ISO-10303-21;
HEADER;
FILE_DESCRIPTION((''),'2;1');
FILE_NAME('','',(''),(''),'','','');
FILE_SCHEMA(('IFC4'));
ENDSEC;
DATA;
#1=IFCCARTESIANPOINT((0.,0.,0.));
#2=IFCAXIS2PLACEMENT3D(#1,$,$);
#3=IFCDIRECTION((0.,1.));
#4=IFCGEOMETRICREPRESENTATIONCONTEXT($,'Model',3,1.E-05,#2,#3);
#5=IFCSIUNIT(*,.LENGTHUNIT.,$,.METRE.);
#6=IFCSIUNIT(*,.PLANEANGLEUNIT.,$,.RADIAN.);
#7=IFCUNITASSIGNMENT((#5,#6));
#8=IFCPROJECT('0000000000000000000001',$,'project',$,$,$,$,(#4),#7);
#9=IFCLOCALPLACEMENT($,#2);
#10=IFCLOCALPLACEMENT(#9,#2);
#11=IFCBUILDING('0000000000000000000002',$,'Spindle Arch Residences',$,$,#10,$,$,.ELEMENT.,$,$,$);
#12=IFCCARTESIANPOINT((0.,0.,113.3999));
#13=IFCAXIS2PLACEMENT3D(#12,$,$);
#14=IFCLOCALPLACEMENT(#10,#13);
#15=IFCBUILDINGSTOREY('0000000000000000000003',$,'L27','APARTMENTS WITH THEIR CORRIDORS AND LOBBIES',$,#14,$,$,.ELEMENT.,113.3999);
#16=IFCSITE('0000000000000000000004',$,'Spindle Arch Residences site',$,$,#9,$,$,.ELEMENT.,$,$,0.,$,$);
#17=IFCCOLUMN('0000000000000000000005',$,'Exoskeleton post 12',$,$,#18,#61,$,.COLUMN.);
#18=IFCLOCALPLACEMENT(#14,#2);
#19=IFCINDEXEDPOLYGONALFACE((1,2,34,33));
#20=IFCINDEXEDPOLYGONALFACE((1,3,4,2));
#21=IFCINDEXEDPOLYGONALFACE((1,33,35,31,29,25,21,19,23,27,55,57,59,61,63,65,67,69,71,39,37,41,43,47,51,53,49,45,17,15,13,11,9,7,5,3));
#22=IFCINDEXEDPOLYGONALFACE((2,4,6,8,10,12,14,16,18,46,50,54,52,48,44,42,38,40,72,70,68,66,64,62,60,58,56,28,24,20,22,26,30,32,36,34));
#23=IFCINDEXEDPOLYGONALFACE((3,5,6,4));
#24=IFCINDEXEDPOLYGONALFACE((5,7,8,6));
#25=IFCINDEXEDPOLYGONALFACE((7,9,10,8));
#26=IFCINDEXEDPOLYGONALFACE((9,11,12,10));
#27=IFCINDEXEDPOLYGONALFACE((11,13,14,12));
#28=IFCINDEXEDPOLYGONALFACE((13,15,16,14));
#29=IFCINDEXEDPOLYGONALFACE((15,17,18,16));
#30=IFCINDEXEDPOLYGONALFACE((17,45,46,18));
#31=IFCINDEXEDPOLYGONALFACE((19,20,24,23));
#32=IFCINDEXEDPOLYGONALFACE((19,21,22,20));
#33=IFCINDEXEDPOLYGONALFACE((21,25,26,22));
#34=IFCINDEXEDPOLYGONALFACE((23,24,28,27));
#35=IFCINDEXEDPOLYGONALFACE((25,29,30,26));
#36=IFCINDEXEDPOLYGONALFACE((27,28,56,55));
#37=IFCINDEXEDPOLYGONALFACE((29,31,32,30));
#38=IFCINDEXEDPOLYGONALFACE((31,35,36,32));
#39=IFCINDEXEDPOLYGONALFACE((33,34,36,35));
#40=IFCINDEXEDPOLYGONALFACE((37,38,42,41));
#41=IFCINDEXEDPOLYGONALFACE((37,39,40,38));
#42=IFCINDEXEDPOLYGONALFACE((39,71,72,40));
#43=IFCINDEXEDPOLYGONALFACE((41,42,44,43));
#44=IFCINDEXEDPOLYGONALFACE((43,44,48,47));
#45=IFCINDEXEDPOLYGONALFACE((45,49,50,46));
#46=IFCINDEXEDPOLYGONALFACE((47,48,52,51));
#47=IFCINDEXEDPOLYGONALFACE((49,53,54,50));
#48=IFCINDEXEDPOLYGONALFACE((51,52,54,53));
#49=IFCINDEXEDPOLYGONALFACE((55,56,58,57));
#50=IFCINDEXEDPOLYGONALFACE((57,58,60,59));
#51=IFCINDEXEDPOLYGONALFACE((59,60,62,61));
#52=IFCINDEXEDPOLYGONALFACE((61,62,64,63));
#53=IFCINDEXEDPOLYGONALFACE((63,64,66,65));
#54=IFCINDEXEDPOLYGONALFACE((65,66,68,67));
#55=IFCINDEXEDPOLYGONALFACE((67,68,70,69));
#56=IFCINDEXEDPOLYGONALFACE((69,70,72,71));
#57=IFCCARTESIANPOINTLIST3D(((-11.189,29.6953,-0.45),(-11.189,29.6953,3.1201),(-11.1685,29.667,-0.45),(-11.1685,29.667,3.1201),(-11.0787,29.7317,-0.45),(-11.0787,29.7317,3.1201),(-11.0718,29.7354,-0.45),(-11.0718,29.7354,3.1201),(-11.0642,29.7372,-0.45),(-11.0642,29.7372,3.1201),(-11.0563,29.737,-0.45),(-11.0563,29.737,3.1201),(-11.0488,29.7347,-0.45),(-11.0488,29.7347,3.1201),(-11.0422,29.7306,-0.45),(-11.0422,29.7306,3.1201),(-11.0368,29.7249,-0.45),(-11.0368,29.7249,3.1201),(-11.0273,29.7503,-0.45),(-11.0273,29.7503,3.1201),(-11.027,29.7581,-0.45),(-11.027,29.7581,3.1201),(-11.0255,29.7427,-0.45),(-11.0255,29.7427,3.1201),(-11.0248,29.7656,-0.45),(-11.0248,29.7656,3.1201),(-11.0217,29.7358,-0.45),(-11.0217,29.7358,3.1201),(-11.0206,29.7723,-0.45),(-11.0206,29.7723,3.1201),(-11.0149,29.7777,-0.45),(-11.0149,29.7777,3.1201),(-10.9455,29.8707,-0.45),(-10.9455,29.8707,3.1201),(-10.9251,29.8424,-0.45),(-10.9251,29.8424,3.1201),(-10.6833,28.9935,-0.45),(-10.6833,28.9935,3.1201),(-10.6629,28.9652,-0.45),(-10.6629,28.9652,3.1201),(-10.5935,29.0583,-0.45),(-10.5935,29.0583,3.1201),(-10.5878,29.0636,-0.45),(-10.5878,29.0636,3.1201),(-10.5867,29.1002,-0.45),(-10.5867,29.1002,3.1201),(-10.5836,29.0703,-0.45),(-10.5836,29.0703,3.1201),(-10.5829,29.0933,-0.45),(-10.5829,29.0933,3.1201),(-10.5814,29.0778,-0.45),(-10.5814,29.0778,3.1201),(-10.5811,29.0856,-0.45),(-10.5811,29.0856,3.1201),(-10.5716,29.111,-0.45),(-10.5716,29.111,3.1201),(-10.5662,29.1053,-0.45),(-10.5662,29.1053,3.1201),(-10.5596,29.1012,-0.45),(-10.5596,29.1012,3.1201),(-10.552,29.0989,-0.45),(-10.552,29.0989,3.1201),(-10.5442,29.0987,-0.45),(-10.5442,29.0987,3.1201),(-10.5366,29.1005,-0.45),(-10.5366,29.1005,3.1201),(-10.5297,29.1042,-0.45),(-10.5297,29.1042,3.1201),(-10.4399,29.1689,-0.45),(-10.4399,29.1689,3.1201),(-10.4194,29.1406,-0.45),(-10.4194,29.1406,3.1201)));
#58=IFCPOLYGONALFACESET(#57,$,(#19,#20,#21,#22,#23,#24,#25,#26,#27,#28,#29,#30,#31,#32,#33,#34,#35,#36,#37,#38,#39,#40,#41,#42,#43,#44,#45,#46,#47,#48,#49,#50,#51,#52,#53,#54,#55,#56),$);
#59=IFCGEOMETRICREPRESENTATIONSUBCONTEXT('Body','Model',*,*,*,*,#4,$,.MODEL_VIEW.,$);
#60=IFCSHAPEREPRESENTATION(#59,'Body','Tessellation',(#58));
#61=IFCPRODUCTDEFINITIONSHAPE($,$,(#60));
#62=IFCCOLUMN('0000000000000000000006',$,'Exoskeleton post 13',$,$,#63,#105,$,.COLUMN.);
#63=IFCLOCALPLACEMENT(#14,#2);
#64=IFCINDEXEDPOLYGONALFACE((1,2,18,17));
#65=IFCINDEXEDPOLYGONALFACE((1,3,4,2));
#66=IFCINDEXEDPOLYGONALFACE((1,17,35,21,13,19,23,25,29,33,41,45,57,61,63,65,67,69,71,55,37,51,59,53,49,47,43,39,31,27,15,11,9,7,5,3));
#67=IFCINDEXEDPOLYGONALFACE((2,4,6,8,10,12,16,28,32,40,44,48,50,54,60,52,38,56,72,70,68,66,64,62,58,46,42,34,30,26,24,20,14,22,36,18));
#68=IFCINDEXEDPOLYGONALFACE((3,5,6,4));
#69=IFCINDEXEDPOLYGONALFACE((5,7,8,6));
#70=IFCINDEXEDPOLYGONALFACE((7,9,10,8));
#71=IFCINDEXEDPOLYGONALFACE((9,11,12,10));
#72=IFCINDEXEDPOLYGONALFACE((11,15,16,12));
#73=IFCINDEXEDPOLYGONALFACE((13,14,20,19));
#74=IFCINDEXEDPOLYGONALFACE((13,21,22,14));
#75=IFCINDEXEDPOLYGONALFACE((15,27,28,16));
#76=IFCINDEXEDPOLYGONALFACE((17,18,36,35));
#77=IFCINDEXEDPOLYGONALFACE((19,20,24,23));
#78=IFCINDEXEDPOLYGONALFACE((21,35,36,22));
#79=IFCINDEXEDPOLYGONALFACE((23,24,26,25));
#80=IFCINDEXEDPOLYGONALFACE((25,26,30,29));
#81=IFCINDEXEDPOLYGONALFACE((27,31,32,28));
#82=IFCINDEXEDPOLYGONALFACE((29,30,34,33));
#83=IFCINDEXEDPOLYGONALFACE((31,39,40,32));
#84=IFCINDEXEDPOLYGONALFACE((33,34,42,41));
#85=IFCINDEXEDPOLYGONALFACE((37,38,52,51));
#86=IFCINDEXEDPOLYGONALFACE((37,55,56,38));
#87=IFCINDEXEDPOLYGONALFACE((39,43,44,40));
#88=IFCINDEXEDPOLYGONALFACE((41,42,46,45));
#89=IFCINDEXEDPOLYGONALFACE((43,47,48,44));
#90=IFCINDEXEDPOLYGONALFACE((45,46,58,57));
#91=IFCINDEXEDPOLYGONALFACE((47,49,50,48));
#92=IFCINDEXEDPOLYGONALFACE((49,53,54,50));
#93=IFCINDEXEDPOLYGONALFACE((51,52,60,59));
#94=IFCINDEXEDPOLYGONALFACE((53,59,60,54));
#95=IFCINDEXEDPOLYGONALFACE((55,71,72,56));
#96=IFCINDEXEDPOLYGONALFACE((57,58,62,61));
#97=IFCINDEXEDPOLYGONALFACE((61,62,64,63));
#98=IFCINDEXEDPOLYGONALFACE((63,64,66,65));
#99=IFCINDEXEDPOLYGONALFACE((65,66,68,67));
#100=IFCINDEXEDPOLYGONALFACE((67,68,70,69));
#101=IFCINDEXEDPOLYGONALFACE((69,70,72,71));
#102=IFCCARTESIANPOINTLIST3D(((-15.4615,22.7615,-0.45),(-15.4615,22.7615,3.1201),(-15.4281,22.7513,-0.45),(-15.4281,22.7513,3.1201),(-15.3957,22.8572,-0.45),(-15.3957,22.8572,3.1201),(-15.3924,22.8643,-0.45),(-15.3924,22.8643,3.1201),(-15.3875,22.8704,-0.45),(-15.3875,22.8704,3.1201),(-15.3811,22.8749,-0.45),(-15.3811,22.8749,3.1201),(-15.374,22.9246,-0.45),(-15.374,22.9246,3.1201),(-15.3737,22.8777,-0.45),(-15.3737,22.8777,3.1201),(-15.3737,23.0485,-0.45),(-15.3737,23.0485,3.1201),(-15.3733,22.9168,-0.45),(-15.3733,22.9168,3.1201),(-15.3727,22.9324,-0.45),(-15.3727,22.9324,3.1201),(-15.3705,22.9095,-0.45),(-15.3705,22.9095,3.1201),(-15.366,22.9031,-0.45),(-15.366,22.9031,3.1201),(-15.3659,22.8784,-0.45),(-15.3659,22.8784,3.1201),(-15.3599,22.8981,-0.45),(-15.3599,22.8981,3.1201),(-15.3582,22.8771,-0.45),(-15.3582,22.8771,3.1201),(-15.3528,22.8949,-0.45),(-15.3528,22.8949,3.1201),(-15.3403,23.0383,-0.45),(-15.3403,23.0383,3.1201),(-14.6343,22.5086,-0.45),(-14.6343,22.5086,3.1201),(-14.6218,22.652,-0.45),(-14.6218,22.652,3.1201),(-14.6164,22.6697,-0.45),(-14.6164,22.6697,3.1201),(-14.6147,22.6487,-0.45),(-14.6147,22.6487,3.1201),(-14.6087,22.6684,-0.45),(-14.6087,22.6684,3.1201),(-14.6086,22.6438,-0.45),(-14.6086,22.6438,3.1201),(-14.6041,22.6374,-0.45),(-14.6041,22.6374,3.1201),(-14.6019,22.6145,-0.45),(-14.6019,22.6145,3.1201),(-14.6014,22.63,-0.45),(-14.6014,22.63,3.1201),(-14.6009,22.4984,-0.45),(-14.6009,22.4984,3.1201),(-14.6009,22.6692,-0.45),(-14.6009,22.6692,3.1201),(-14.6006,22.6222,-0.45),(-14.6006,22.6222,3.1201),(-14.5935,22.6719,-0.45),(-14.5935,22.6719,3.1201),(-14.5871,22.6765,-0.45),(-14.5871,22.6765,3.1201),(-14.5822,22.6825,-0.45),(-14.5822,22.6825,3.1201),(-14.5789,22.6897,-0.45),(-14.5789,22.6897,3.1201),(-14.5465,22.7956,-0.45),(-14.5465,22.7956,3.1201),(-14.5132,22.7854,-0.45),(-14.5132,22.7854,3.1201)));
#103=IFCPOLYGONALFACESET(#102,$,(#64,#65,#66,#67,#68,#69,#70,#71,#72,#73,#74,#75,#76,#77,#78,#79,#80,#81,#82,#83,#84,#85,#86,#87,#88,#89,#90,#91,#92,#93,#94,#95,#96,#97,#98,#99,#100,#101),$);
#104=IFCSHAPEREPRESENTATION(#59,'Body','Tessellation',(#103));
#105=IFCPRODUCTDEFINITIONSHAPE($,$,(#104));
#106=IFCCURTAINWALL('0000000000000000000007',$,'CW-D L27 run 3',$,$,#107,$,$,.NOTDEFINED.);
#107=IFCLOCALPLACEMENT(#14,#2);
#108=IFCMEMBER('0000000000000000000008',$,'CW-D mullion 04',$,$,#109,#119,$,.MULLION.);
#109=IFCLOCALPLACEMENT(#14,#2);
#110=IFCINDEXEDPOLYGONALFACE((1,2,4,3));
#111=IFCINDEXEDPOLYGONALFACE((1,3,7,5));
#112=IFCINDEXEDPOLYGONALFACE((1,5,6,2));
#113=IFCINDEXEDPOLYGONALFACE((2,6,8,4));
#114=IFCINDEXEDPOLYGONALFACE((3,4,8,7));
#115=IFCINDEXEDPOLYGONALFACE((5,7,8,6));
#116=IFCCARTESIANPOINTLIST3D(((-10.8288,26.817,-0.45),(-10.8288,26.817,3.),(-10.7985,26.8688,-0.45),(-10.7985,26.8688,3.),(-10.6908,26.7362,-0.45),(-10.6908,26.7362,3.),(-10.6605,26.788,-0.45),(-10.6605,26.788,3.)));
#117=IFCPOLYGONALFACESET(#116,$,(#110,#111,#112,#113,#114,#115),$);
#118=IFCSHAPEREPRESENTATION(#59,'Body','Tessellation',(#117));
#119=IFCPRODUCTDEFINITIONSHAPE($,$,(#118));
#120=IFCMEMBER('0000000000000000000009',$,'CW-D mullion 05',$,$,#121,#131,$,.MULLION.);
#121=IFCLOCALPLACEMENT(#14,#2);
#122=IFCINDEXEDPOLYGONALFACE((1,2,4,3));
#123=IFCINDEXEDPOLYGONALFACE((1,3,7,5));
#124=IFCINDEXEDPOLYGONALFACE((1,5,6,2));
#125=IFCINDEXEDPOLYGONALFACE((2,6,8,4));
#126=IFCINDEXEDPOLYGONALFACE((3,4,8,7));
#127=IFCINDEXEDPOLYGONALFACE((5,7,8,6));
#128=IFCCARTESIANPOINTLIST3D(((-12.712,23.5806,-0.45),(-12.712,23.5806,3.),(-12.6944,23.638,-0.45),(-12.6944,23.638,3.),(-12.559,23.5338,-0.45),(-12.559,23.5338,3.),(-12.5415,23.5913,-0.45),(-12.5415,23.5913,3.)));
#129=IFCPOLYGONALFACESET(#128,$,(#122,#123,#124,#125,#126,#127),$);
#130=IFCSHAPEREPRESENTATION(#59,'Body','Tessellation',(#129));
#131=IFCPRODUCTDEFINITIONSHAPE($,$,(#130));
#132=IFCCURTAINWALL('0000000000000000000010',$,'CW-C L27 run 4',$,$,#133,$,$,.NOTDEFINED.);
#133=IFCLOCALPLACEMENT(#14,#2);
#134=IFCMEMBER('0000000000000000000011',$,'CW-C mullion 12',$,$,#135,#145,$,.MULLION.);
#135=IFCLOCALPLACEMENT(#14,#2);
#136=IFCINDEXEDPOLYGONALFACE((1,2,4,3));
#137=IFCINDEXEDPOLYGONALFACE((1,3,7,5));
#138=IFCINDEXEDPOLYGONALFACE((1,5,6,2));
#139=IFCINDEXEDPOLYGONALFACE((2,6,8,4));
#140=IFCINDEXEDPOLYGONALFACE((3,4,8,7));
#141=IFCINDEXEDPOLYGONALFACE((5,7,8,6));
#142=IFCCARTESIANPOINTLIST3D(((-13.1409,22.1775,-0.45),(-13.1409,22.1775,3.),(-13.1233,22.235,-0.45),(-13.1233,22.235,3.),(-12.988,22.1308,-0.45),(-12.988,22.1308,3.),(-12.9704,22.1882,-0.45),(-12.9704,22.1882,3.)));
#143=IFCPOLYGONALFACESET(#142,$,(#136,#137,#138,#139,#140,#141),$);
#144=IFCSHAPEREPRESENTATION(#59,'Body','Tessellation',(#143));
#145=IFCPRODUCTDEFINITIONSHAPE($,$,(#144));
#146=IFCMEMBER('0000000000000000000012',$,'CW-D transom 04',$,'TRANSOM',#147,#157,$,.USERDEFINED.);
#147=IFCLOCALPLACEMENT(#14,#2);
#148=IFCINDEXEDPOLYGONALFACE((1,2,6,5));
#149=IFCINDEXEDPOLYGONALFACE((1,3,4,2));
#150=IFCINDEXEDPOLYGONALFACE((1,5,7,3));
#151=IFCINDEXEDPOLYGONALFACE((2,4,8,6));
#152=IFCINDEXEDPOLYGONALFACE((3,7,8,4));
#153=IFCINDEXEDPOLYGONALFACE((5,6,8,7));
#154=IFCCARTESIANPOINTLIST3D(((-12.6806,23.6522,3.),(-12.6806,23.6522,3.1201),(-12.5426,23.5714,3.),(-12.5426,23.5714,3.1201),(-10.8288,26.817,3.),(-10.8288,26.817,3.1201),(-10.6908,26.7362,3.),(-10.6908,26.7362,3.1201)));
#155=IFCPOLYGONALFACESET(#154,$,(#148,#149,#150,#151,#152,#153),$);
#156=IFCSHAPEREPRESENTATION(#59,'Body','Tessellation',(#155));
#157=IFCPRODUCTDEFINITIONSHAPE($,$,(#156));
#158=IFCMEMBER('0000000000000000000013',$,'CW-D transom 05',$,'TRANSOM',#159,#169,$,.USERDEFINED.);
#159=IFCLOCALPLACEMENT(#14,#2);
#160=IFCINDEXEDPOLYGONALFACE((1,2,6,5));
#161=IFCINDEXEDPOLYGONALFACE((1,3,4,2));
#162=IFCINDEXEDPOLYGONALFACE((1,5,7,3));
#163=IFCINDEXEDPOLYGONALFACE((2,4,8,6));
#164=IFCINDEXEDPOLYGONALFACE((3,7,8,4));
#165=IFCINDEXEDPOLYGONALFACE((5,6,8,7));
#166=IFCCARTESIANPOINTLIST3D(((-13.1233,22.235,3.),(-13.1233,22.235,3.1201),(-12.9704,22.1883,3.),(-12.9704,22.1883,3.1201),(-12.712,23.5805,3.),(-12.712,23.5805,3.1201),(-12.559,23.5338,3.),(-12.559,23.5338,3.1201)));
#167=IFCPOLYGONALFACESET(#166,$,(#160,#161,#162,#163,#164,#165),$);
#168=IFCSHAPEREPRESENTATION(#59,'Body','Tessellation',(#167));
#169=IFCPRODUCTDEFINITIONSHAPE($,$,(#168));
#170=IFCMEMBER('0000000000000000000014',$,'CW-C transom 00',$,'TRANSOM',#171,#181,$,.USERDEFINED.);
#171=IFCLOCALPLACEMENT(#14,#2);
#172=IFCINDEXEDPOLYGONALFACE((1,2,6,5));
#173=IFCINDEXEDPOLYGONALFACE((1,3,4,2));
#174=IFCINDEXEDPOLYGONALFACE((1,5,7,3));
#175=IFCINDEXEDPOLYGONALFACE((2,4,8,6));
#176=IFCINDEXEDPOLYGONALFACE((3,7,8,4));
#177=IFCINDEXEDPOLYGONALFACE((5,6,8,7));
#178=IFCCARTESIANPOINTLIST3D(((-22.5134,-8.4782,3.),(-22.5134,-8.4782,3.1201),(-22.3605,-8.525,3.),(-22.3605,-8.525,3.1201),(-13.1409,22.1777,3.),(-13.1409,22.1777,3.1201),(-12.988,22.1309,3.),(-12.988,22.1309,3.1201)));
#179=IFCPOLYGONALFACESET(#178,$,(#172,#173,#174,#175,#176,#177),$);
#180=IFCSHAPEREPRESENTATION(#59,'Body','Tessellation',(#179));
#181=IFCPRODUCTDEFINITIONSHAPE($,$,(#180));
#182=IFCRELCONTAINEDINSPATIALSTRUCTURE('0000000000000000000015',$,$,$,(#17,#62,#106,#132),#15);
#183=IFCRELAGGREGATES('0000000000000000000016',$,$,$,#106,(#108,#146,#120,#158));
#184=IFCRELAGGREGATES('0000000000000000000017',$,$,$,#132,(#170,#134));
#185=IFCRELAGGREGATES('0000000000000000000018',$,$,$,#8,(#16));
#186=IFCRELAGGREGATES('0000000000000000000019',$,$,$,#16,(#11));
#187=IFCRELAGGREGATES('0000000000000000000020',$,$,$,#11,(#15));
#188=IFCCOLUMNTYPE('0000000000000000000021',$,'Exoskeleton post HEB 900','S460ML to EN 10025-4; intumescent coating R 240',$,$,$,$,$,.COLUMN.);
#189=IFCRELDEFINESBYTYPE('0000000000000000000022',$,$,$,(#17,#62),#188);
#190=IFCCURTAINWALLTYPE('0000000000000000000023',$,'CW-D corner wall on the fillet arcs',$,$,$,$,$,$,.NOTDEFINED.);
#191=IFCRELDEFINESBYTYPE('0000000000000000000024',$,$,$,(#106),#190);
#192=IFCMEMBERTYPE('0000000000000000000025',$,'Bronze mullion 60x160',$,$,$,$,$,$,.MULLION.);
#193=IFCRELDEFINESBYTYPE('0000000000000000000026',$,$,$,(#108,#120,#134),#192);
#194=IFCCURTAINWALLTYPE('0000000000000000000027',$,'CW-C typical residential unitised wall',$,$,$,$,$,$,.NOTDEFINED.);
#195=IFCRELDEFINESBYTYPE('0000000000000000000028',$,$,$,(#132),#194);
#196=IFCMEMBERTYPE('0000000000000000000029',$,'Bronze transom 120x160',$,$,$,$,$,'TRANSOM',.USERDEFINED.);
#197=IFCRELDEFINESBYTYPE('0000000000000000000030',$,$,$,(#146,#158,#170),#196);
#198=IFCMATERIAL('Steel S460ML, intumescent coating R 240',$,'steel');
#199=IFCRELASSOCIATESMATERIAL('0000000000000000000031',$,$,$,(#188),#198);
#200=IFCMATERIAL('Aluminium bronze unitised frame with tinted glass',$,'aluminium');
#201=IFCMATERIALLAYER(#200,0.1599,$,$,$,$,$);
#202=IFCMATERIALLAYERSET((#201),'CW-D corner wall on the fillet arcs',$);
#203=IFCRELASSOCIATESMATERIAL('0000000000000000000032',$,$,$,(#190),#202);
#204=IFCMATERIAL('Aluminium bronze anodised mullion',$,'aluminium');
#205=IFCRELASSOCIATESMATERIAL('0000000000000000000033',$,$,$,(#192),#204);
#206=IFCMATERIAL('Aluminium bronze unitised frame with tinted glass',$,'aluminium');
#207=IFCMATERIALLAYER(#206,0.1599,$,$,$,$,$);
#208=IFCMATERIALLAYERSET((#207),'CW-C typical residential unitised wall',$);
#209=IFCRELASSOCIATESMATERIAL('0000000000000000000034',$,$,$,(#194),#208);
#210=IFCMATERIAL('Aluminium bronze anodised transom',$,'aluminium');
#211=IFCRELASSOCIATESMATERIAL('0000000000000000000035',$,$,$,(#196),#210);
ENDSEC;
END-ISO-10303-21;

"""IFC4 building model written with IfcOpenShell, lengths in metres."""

from ifc_helpers import new_model, si_unit, direction, frame, origin, origin_2d, place, context, subcontext, project, spatial, rectangle, i_section, extrude, material, layer, layer_set, material_profile, profile_set, type_object, element, aggregate, save


model = new_model("IFC4")

# Units and contexts
model_context = context("Model", 3, precision=1e-05, world=origin(), true_north=direction((0.0, 1.0)))
body_context = subcontext(model_context, "Body", "Model", "MODEL_VIEW")
ifc_project = project(units=[si_unit("LENGTHUNIT", "METRE"), si_unit("PLANEANGLEUNIT", "RADIAN")], contexts=[model_context])

# Site, building, storey
site_placement = place(None, origin())
site = spatial("IfcSite", under=ifc_project, at=site_placement, Name="Spindle Arch Residences site", CompositionType="ELEMENT", RefElevation=0.0)
building_placement = place(site_placement, origin())
building = spatial("IfcBuilding", under=site, at=building_placement, Name="Spindle Arch Residences", CompositionType="ELEMENT")
storey_placement = place(building_placement, frame((0.0, 0.0, 113.3999)))
storey = spatial("IfcBuildingStorey", under=building, at=storey_placement, Name="L27", Description="APARTMENTS WITH THEIR CORRIDORS AND LOBBIES", CompositionType="ELEMENT", Elevation=113.3999)

# Columns
ifc_material_1 = material(Name="Steel S460ML, intumescent coating R 240", Category="steel")
ifc_material_profile_1 = material_profile(ifc_material_1, i_section(OverallWidth=0.3, OverallDepth=0.8999, WebThickness=0.0186, FlangeThickness=0.0349, FilletRadius=0.03, at=origin_2d()), Name="HEB 900")
ifc_profile_set_1 = profile_set([ifc_material_profile_1], Name="Steel S460ML, intumescent coating R 240")
column_type = type_object("IfcColumnType", Name="Exoskeleton post HEB 900", Description="S460ML to EN 10025-4; intumescent coating R 240", PredefinedType="COLUMN", material=ifc_profile_set_1)
for number, where, z_axis, x_axis, name in (
    (1, (-10.8042, 29.418, -0.45), (0.0, 0.0, 1.0), (0.811328, 0.584591, 0.0), "Exoskeleton post 12"),
    (2, (-14.9873, 22.7734, -0.45), (0.0, 0.0, 1.0), (0.292372, 0.956305, 0.0), "Exoskeleton post 13"),
):
    element("IfcColumn", number, at=place(storey_placement, frame(where, z_axis=z_axis, x_axis=x_axis)), inside=storey, type_object=column_type, Name=name, PredefinedType="COLUMN", context=body_context, shape_type="SweptSolid", body=[
        extrude(i_section(OverallWidth=0.3, OverallDepth=0.8999, WebThickness=0.0186, FlangeThickness=0.0349, FilletRadius=0.03, at=origin_2d()), origin(), (0.0, 0.0, 1.0), 3.5701),
    ])

# Curtain wall, members
ifc_material_2 = material(Name="Aluminium bronze unitised frame with tinted glass", Category="aluminium")
ifc_layer_1 = layer(ifc_material_2, 0.1599)
ifc_layer_set_1 = layer_set([ifc_layer_1], Name="CW-D corner wall on the fillet arcs")
curtain_wall_type_1 = type_object("IfcCurtainWallType", Name="CW-D corner wall on the fillet arcs", PredefinedType="NOTDEFINED", material=ifc_layer_set_1)
curtain_wall_1_placement = place(storey_placement, origin())
curtain_wall_1 = element("IfcCurtainWall", 3, at=curtain_wall_1_placement, inside=storey, type_object=curtain_wall_type_1, Name="CW-D L27 run 3", PredefinedType="NOTDEFINED")
ifc_material_3 = material(Name="Aluminium bronze anodised mullion", Category="aluminium")
ifc_material_profile_2 = material_profile(ifc_material_3, rectangle(XDim=0.1599, YDim=0.0601, at=origin_2d()), Name="MU 60x160")
ifc_profile_set_2 = profile_set([ifc_material_profile_2], Name="Aluminium bronze anodised mullion")
member_type_1 = type_object("IfcMemberType", Name="Bronze mullion 60x160", PredefinedType="MULLION", material=ifc_profile_set_2)
member_1_placement = place(storey_placement, frame((-10.7446, 26.8025, -0.45), z_axis=(0.0, 0.0, 1.0), x_axis=(0.863102, -0.50503, 0.0)))
member_1 = element("IfcMember", 4, at=member_1_placement, type_object=member_type_1, Name="CW-D mullion 04", PredefinedType="MULLION", context=body_context, shape_type="SweptSolid", body=[
    extrude(rectangle(XDim=0.1599, YDim=0.0601, at=origin_2d()), origin(), (0.0, 0.0, 1.0), 3.45),
])
member_2_placement = place(storey_placement, frame((-12.6267, 23.5859, -0.45), z_axis=(0.0, 0.0, 1.0), x_axis=(0.956305, -0.292372, 0.0)))
member_2 = element("IfcMember", 5, at=member_2_placement, type_object=member_type_1, Name="CW-D mullion 05", PredefinedType="MULLION", context=body_context, shape_type="SweptSolid", body=[
    extrude(rectangle(XDim=0.1599, YDim=0.0601, at=origin_2d()), origin(), (0.0, 0.0, 1.0), 3.45),
])

# Curtain wall, member
ifc_material_4 = material(Name="Aluminium bronze unitised frame with tinted glass", Category="aluminium")
ifc_layer_2 = layer(ifc_material_4, 0.1599)
ifc_layer_set_2 = layer_set([ifc_layer_2], Name="CW-C typical residential unitised wall")
curtain_wall_type_2 = type_object("IfcCurtainWallType", Name="CW-C typical residential unitised wall", PredefinedType="NOTDEFINED", material=ifc_layer_set_2)
curtain_wall_2_placement = place(storey_placement, origin())
curtain_wall_2 = element("IfcCurtainWall", 6, at=curtain_wall_2_placement, inside=storey, type_object=curtain_wall_type_2, Name="CW-C L27 run 4", PredefinedType="NOTDEFINED")
member_3_placement = place(storey_placement, frame((-13.0557, 22.1829, -0.45), z_axis=(0.0, 0.0, 1.0), x_axis=(0.956305, -0.292372, 0.0)))
member_3 = element("IfcMember", 7, at=member_3_placement, type_object=member_type_1, Name="CW-C mullion 12", PredefinedType="MULLION", context=body_context, shape_type="SweptSolid", body=[
    extrude(rectangle(XDim=0.1599, YDim=0.0601, at=origin_2d()), origin(), (0.0, 0.0, 1.0), 3.45),
])

# Members
ifc_material_5 = material(Name="Aluminium bronze anodised transom", Category="aluminium")
ifc_material_profile_3 = material_profile(ifc_material_5, rectangle(XDim=0.1599, YDim=0.1201, at=origin_2d()), Name="TR 120x160")
ifc_profile_set_3 = profile_set([ifc_material_profile_3], Name="Aluminium bronze anodised transom")
member_type_2 = type_object("IfcMemberType", Name="Bronze transom 120x160", ElementType="TRANSOM", PredefinedType="USERDEFINED", material=ifc_profile_set_3)
member_4_placement = place(storey_placement, frame((-10.7598, 26.7766, 3.0601), z_axis=(-0.505026, -0.863104, 0.0), x_axis=(0.863104, -0.505026, 0.0)))
member_4 = element("IfcMember", 8, at=member_4_placement, type_object=member_type_2, Name="CW-D transom 04", ObjectType="TRANSOM", PredefinedType="USERDEFINED", context=body_context, shape_type="SweptSolid", body=[
    extrude(rectangle(XDim=0.1599, YDim=0.1201, at=origin_2d()), origin(), (0.0, 0.0, 1.0), 3.6667),
])
member_5_placement = place(storey_placement, frame((-12.6355, 23.5571, 3.0601), z_axis=(-0.29239, -0.956299, 0.0), x_axis=(0.956299, -0.29239, 0.0)))
member_5 = element("IfcMember", 9, at=member_5_placement, type_object=member_type_2, Name="CW-D transom 05", ObjectType="TRANSOM", PredefinedType="USERDEFINED", context=body_context, shape_type="SweptSolid", body=[
    extrude(rectangle(XDim=0.1599, YDim=0.1201, at=origin_2d()), origin(), (0.0, 0.0, 1.0), 1.407),
])
member_6_placement = place(storey_placement, frame((-13.0645, 22.1543, 3.0601), z_axis=(-0.292374, -0.956304, 0.0), x_axis=(0.956304, -0.292374, 0.0)))
member_6 = element("IfcMember", 10, at=member_6_placement, type_object=member_type_2, Name="CW-C transom 00", ObjectType="TRANSOM", PredefinedType="USERDEFINED", context=body_context, shape_type="SweptSolid", body=[
    extrude(rectangle(XDim=0.1599, YDim=0.1201, at=origin_2d()), origin(), (0.0, 0.0, 1.0), 32.0566),
])

aggregate(curtain_wall_1, [member_1, member_4, member_2, member_5])
aggregate(curtain_wall_2, [member_6, member_3])

save(model, "model.ifc")
